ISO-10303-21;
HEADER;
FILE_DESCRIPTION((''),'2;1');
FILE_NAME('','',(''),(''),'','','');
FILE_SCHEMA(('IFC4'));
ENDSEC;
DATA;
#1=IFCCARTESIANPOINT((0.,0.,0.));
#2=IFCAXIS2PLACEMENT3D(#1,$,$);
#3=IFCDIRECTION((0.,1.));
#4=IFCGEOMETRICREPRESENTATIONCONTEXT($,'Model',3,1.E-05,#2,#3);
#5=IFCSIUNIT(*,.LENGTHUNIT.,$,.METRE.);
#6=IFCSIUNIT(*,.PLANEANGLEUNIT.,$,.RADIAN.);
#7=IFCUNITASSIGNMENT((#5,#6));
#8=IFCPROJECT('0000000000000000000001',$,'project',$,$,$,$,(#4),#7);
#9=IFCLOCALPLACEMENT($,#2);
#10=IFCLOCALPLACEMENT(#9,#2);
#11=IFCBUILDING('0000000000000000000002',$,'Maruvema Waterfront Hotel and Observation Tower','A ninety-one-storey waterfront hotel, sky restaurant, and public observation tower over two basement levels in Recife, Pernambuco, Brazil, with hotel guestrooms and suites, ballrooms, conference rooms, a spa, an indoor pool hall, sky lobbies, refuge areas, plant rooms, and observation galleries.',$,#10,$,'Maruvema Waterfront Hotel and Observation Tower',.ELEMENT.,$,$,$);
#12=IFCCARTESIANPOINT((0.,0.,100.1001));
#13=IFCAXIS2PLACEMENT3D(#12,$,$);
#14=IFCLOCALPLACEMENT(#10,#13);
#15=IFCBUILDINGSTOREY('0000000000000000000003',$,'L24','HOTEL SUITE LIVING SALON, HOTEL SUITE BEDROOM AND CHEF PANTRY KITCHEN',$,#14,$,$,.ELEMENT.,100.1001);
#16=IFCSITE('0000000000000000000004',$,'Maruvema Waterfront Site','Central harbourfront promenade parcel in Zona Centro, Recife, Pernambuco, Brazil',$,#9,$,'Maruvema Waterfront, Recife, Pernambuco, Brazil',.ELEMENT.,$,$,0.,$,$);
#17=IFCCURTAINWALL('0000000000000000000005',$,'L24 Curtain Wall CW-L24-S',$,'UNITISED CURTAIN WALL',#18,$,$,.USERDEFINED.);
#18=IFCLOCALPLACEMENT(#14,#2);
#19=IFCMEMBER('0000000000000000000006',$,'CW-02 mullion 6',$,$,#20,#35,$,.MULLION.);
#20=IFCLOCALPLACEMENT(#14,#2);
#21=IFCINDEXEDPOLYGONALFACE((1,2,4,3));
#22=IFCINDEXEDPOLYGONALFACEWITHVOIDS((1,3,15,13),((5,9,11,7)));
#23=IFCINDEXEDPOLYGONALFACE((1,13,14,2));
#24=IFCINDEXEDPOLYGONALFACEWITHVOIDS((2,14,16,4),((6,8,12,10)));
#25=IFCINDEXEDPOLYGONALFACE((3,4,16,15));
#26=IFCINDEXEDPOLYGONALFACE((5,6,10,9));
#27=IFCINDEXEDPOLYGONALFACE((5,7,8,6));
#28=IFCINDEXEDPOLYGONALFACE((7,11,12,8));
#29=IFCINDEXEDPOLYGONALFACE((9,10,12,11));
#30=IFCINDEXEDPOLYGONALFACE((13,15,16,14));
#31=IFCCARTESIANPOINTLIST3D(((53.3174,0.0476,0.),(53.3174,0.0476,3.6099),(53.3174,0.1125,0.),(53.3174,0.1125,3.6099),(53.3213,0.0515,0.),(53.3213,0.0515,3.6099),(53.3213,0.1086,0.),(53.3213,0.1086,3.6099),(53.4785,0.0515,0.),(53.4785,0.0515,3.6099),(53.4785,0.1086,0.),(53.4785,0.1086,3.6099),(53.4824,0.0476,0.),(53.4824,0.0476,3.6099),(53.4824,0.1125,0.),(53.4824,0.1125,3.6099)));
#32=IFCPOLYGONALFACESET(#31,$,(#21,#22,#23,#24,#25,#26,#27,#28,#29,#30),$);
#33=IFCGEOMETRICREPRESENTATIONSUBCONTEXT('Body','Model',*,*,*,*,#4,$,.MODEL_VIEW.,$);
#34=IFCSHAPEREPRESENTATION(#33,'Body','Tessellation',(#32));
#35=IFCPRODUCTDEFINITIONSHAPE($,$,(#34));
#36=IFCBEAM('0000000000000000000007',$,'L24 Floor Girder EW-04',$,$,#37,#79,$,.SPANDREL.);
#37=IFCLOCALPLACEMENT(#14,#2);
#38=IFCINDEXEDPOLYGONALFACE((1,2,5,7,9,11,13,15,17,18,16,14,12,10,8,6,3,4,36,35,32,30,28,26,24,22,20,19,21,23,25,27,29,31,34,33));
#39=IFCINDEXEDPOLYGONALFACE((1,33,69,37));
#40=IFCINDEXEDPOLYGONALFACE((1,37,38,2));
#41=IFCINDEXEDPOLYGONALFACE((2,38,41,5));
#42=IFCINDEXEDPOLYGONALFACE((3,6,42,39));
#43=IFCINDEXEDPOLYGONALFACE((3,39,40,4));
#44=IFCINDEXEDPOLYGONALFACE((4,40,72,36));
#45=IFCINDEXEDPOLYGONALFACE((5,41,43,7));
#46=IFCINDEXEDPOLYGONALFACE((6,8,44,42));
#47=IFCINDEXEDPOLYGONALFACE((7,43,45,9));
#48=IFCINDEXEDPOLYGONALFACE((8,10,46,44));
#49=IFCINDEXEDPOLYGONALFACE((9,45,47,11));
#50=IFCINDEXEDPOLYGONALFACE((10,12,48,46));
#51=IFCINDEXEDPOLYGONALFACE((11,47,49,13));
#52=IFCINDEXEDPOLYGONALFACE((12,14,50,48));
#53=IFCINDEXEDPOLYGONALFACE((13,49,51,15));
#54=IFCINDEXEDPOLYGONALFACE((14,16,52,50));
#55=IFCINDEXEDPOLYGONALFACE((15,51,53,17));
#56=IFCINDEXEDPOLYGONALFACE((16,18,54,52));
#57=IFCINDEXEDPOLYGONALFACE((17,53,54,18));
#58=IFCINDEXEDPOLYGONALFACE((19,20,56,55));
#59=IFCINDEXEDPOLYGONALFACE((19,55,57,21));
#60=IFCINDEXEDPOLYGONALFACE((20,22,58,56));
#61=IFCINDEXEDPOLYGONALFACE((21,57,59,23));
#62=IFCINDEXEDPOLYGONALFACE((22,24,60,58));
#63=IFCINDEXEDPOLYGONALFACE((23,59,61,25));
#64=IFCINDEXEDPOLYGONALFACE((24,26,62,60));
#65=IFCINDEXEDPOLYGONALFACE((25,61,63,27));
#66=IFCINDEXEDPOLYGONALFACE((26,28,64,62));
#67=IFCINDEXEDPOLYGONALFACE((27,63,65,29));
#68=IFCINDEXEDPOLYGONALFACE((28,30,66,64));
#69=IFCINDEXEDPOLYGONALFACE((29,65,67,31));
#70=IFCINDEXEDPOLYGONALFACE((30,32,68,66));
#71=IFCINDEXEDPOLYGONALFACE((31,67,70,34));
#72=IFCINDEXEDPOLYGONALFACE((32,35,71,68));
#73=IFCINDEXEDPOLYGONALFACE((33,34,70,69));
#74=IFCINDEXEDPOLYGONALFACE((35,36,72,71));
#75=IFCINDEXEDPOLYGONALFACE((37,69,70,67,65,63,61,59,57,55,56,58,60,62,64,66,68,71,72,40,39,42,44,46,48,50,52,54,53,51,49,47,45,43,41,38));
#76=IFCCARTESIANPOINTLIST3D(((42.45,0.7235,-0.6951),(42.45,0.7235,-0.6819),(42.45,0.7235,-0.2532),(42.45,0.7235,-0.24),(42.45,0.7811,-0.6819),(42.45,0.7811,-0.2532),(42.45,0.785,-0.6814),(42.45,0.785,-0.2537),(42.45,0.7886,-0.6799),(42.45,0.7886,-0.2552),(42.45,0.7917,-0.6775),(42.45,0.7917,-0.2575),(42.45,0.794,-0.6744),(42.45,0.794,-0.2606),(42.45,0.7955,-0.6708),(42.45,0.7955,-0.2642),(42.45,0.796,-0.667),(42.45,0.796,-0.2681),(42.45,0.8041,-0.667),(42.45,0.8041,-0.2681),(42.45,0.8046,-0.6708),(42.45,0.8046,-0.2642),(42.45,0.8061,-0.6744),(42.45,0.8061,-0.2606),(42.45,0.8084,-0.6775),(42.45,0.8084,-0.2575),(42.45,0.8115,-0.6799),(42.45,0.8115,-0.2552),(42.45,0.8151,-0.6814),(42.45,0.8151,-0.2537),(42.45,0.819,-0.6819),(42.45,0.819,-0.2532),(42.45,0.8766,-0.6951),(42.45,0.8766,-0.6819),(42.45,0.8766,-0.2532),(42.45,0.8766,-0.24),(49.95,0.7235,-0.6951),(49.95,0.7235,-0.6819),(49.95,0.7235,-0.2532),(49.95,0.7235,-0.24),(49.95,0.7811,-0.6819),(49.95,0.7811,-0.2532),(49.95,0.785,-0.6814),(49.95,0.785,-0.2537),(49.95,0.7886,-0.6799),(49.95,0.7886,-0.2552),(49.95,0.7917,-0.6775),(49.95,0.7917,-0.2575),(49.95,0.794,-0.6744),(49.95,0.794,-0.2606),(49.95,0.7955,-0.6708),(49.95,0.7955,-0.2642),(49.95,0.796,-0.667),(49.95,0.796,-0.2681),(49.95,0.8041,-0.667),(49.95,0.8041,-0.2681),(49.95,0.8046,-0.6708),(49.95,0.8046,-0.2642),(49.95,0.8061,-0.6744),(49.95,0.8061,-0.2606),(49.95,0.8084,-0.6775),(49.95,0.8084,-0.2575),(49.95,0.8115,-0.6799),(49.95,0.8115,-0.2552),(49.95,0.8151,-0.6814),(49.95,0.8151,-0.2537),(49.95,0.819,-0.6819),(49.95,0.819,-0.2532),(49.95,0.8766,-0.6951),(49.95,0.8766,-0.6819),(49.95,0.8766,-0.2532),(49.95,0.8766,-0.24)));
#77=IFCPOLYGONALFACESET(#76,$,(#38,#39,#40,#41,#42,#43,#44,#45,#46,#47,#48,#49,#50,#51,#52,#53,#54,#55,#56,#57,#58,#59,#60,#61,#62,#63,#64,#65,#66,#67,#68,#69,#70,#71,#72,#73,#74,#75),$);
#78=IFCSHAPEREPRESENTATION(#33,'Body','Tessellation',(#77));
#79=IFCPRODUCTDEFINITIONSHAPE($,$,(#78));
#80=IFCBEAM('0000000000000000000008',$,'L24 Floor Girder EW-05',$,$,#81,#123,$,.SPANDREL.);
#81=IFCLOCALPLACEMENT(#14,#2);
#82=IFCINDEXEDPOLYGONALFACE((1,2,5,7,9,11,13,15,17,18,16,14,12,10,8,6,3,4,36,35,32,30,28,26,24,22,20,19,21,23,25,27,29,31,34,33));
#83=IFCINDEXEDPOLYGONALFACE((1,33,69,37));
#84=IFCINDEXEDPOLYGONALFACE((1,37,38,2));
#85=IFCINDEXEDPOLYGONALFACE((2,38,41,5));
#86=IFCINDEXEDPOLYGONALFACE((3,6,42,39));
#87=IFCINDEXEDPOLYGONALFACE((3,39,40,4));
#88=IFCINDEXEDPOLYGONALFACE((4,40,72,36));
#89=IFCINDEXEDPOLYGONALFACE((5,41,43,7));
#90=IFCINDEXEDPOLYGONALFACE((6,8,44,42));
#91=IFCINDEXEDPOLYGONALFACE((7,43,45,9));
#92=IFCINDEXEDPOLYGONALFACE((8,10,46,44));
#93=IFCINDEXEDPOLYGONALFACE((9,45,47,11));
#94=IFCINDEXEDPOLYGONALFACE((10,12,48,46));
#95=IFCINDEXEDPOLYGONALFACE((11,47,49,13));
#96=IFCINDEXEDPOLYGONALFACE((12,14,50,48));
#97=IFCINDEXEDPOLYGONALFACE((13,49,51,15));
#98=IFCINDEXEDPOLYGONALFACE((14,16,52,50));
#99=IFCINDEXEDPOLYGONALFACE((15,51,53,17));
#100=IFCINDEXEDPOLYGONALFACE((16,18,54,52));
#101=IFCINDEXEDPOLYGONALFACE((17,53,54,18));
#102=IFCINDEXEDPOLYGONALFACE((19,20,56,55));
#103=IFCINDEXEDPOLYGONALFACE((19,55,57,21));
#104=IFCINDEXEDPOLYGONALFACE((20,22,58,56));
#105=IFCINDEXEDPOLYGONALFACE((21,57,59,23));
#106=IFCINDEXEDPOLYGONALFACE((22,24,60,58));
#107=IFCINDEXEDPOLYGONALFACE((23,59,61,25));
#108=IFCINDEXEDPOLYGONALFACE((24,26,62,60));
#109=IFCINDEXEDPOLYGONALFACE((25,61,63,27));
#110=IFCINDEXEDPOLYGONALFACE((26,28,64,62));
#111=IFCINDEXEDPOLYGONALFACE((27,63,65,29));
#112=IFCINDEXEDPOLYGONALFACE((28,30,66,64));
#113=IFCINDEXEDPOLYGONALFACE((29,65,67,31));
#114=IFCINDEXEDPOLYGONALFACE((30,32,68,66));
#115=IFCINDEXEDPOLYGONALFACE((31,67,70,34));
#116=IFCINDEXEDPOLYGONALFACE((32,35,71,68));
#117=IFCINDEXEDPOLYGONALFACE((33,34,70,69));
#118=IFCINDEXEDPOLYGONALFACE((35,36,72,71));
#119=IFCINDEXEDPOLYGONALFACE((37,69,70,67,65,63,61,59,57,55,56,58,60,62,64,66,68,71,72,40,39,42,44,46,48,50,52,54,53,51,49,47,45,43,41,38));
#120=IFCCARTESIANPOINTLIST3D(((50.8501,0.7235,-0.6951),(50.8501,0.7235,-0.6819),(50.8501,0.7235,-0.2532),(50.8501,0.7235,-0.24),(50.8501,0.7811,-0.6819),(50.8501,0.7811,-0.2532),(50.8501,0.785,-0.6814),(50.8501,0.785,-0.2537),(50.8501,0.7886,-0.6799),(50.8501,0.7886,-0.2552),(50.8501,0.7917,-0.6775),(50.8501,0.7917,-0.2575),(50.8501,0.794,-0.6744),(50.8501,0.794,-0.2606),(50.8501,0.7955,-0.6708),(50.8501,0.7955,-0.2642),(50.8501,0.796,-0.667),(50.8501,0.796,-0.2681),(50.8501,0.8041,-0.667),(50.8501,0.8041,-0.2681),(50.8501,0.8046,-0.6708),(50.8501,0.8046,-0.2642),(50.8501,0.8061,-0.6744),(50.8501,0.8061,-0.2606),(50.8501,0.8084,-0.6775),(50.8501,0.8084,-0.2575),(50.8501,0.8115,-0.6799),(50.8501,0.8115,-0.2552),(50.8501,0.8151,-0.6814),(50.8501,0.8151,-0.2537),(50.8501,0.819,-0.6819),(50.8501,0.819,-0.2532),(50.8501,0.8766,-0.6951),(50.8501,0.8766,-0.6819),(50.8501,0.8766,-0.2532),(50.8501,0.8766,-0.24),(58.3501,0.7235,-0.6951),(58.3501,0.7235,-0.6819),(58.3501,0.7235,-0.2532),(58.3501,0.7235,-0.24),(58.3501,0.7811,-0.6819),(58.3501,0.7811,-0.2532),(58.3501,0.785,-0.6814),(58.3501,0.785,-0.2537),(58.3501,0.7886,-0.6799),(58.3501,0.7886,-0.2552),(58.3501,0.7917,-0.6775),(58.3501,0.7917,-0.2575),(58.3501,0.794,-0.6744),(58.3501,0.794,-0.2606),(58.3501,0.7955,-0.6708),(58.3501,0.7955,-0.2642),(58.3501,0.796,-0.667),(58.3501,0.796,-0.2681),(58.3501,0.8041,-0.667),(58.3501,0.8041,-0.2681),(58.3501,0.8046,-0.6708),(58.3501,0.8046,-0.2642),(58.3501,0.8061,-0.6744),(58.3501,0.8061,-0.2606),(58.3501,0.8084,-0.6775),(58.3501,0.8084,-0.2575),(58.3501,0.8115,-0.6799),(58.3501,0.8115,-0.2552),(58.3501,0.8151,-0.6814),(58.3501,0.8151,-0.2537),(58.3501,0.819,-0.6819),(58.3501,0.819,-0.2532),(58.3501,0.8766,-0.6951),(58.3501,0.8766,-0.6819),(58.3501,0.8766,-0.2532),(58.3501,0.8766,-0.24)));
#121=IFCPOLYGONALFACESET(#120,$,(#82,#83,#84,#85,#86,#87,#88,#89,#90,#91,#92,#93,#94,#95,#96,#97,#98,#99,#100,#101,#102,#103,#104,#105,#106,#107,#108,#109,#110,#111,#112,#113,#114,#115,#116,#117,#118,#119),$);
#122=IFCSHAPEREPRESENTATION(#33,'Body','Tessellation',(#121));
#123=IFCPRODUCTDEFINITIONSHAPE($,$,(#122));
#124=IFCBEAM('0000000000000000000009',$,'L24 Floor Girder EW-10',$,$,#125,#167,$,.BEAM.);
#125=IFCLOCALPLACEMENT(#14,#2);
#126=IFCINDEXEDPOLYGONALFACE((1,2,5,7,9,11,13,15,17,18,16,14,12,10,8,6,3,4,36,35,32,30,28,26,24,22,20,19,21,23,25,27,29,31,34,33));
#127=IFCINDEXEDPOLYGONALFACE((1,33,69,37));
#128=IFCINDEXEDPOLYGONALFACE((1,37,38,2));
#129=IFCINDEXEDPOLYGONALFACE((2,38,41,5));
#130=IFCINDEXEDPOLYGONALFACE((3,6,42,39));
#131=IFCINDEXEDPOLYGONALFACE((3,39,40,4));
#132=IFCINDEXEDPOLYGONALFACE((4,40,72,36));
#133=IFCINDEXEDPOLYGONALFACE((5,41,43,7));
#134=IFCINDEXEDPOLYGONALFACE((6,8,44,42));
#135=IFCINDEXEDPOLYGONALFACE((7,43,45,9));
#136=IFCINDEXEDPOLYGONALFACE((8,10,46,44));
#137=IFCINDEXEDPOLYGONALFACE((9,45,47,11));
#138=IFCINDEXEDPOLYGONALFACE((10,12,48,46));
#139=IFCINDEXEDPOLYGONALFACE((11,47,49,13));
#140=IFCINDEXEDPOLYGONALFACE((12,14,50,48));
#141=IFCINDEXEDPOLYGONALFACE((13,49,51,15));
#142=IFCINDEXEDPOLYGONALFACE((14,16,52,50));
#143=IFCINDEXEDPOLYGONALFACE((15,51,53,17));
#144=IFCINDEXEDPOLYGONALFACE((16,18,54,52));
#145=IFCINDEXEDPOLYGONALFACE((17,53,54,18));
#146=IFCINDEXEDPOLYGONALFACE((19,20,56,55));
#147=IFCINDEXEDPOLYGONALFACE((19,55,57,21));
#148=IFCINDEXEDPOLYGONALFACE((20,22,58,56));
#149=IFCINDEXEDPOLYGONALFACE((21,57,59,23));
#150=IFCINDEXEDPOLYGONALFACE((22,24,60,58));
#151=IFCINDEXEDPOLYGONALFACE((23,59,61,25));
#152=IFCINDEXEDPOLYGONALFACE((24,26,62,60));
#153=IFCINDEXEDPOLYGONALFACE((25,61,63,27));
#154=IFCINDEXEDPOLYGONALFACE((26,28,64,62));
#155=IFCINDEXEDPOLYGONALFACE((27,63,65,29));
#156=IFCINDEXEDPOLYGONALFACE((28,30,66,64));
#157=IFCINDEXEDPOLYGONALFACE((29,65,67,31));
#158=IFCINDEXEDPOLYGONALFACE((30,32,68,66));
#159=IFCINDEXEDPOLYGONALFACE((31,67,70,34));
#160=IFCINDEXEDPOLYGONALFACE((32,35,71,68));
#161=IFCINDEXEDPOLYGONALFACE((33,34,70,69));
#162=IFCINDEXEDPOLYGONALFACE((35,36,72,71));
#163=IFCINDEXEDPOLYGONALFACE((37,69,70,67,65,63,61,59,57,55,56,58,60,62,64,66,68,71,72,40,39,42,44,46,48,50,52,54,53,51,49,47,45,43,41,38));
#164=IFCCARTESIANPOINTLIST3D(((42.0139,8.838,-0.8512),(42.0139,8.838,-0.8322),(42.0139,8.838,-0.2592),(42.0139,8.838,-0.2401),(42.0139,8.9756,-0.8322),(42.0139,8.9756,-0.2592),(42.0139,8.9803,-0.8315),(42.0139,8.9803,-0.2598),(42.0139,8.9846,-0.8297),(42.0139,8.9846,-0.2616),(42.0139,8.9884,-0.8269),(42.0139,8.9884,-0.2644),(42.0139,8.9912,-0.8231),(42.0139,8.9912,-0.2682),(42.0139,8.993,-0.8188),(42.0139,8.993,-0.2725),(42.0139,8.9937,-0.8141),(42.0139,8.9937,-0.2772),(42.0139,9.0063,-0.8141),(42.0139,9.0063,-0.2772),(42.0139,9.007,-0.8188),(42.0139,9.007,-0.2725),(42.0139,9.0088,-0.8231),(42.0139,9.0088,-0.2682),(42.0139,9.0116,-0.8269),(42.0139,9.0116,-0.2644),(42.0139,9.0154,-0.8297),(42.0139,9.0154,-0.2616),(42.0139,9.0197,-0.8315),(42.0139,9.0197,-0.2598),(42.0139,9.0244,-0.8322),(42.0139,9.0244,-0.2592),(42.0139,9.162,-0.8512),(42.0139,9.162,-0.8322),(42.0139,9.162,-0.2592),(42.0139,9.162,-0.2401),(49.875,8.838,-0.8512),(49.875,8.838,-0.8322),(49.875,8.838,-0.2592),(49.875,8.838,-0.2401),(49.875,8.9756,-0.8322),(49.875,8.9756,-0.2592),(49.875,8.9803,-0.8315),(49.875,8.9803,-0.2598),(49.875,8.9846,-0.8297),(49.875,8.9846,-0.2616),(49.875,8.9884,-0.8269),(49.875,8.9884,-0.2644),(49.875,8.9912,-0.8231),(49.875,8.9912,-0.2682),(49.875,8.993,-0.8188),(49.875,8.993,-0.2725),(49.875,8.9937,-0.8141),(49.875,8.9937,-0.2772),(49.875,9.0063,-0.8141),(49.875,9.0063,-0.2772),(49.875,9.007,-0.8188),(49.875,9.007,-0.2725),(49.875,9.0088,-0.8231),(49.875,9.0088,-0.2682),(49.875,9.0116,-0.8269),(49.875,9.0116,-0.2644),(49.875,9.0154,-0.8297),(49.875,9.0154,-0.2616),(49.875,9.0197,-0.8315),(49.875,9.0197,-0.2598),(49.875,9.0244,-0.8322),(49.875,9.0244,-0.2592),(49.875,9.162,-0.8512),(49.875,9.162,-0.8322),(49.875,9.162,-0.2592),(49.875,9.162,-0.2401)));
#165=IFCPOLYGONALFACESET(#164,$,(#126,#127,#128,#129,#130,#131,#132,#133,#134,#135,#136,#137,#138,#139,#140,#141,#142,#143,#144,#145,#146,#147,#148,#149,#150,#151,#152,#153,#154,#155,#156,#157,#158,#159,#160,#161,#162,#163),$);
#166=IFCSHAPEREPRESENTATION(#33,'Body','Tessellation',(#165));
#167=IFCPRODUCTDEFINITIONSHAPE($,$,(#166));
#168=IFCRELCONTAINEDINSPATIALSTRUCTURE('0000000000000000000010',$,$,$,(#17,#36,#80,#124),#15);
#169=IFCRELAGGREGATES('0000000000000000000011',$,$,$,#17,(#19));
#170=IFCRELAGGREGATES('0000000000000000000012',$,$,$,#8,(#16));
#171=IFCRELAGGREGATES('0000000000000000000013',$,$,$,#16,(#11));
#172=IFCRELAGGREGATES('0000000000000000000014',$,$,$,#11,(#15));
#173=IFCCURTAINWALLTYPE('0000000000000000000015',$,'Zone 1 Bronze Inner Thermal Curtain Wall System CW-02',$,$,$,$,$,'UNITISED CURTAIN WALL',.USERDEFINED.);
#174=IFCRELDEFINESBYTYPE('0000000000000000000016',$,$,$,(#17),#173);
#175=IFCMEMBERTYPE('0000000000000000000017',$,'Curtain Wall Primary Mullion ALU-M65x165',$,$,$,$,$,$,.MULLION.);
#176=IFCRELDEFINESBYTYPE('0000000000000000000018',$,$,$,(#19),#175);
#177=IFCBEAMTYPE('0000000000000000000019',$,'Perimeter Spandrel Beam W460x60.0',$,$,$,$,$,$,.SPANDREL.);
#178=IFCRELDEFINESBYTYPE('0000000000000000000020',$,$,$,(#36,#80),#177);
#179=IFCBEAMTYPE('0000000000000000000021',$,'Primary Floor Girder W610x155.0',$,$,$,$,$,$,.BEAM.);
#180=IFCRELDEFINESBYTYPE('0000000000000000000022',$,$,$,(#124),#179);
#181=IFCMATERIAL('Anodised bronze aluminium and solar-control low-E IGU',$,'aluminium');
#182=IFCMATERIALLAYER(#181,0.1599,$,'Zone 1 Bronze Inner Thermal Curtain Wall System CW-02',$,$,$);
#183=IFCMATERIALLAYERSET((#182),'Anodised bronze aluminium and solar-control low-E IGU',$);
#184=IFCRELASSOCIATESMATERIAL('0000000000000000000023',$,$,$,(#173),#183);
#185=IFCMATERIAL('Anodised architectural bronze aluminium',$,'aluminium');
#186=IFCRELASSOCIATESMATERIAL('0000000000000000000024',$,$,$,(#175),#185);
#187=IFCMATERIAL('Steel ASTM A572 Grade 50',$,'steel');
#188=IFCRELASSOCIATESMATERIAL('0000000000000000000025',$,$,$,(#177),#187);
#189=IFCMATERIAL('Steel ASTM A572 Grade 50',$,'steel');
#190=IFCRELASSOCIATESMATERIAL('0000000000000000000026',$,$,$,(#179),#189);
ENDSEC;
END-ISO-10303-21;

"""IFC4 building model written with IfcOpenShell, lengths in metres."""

from ifc_helpers import new_model, si_unit, direction, frame, origin, origin_2d, place, context, subcontext, project, spatial, hollow_rectangle, i_section, extrude, material, layer, layer_set, material_profile, profile_set, type_object, element, aggregate, save


model = new_model("IFC4")

# Units and contexts
model_context = context("Model", 3, precision=1e-05, world=origin(), true_north=direction((0.0, 1.0)))
body_context = subcontext(model_context, "Body", "Model", "MODEL_VIEW")
ifc_project = project(units=[si_unit("LENGTHUNIT", "METRE"), si_unit("PLANEANGLEUNIT", "RADIAN")], contexts=[model_context])

# Site, building, storey
site_placement = place(None, origin())
site = spatial("IfcSite", under=ifc_project, at=site_placement, Name="Maruvema Waterfront Site", Description="Central harbourfront promenade parcel in Zona Centro, Recife, Pernambuco, Brazil", LongName="Maruvema Waterfront, Recife, Pernambuco, Brazil", CompositionType="ELEMENT", RefElevation=0.0)
building_placement = place(site_placement, origin())
building = spatial("IfcBuilding", under=site, at=building_placement, Name="Maruvema Waterfront Hotel and Observation Tower", Description="A ninety-one-storey waterfront hotel, sky restaurant, and public observation tower over two basement levels in Recife, Pernambuco, Brazil, with hotel guestrooms and suites, ballrooms, conference rooms, a spa, an indoor pool hall, sky lobbies, refuge areas, plant rooms, and observation galleries.", LongName="Maruvema Waterfront Hotel and Observation Tower", CompositionType="ELEMENT")
storey_placement = place(building_placement, frame((0.0, 0.0, 100.1001)))
storey = spatial("IfcBuildingStorey", under=building, at=storey_placement, Name="L24", Description="HOTEL SUITE LIVING SALON, HOTEL SUITE BEDROOM AND CHEF PANTRY KITCHEN", CompositionType="ELEMENT", Elevation=100.1001)

# Curtain wall, member
ifc_material_1 = material(Name="Anodised bronze aluminium and solar-control low-E IGU", Category="aluminium")
ifc_layer_1 = layer(ifc_material_1, 0.1599, Name="Zone 1 Bronze Inner Thermal Curtain Wall System CW-02")
ifc_layer_set_1 = layer_set([ifc_layer_1], Name="Anodised bronze aluminium and solar-control low-E IGU")
curtain_wall_type = type_object("IfcCurtainWallType", Name="Zone 1 Bronze Inner Thermal Curtain Wall System CW-02", ElementType="UNITISED CURTAIN WALL", PredefinedType="USERDEFINED", material=ifc_layer_set_1)
curtain_wall_placement = place(storey_placement, origin())
curtain_wall = element("IfcCurtainWall", 1, at=curtain_wall_placement, inside=storey, type_object=curtain_wall_type, Name="L24 Curtain Wall CW-L24-S", ObjectType="UNITISED CURTAIN WALL", PredefinedType="USERDEFINED")
ifc_material_2 = material(Name="Anodised architectural bronze aluminium", Category="aluminium")
ifc_material_profile_1 = material_profile(ifc_material_2, hollow_rectangle(XDim=0.0649, YDim=0.165, WallThickness=0.0039, at=origin_2d()), Name="ALU-M65x165")
ifc_profile_set_1 = profile_set([ifc_material_profile_1], Name="Anodised architectural bronze aluminium")
member_type_1 = type_object("IfcMemberType", Name="Curtain Wall Primary Mullion ALU-M65x165", PredefinedType="MULLION", material=ifc_profile_set_1)
member_1_placement = place(storey_placement, frame((53.3999, 0.0801, 0.0), z_axis=(0.0, 0.0, 1.0), x_axis=(0.0, 1.0, 0.0)))
member_1 = element("IfcMember", 2, at=member_1_placement, type_object=member_type_1, Name="CW-02 mullion 6", PredefinedType="MULLION", context=body_context, shape_type="SweptSolid", body=[
    extrude(hollow_rectangle(XDim=0.0649, YDim=0.165, WallThickness=0.0039, at=origin_2d()), origin(), (0.0, 0.0, 1.0), 3.6099),
])

# Beams
ifc_material_3 = material(Name="Steel ASTM A572 Grade 50", Category="steel")
ifc_material_profile_2 = material_profile(ifc_material_3, i_section(OverallWidth=0.1531, OverallDepth=0.4551, WebThickness=0.0081, FlangeThickness=0.0132, FilletRadius=0.0149, at=origin_2d()), Name="W460x60.0")
ifc_profile_set_2 = profile_set([ifc_material_profile_2], Name="Steel ASTM A572 Grade 50")
beam_type_1 = type_object("IfcBeamType", Name="Perimeter Spandrel Beam W460x60.0", PredefinedType="SPANDREL", material=ifc_profile_set_2)
for number, where, z_axis, x_axis, name in (
    (3, (42.45, 0.8, -0.4675), (1.0, 0.0, 0.0), (0.0, 1.0, 0.0), "L24 Floor Girder EW-04"),
    (4, (50.8501, 0.8, -0.4675), (1.0, 0.0, 0.0), (0.0, 1.0, 0.0), "L24 Floor Girder EW-05"),
):
    element("IfcBeam", number, at=place(storey_placement, frame(where, z_axis=z_axis, x_axis=x_axis)), inside=storey, type_object=beam_type_1, Name=name, PredefinedType="SPANDREL", context=body_context, shape_type="SweptSolid", body=[
        extrude(i_section(OverallWidth=0.1531, OverallDepth=0.4551, WebThickness=0.0081, FlangeThickness=0.0132, FilletRadius=0.0149, at=origin_2d()), origin(), (0.0, 0.0, 1.0), 7.5),
    ])
ifc_material_4 = material(Name="Steel ASTM A572 Grade 50", Category="steel")
ifc_material_profile_3 = material_profile(ifc_material_4, i_section(OverallWidth=0.324, OverallDepth=0.6111, WebThickness=0.0127, FlangeThickness=0.019, FilletRadius=0.0181, at=origin_2d()), Name="W610x155.0")
ifc_profile_set_3 = profile_set([ifc_material_profile_3], Name="Steel ASTM A572 Grade 50")
beam_type_2 = type_object("IfcBeamType", Name="Primary Floor Girder W610x155.0", PredefinedType="BEAM", material=ifc_profile_set_3)
beam_1_placement = place(storey_placement, frame((42.0139, 9.0, -0.5457), z_axis=(1.0, 0.0, 0.0), x_axis=(0.0, 1.0, 0.0)))
element("IfcBeam", 5, at=beam_1_placement, inside=storey, type_object=beam_type_2, Name="L24 Floor Girder EW-10", PredefinedType="BEAM", context=body_context, shape_type="SweptSolid", body=[
    extrude(i_section(OverallWidth=0.324, OverallDepth=0.6111, WebThickness=0.0127, FlangeThickness=0.019, FilletRadius=0.0181, at=origin_2d()), origin(), (0.0, 0.0, 1.0), 7.8611),
])

aggregate(curtain_wall, [member_1])

save(model, "model.ifc")
